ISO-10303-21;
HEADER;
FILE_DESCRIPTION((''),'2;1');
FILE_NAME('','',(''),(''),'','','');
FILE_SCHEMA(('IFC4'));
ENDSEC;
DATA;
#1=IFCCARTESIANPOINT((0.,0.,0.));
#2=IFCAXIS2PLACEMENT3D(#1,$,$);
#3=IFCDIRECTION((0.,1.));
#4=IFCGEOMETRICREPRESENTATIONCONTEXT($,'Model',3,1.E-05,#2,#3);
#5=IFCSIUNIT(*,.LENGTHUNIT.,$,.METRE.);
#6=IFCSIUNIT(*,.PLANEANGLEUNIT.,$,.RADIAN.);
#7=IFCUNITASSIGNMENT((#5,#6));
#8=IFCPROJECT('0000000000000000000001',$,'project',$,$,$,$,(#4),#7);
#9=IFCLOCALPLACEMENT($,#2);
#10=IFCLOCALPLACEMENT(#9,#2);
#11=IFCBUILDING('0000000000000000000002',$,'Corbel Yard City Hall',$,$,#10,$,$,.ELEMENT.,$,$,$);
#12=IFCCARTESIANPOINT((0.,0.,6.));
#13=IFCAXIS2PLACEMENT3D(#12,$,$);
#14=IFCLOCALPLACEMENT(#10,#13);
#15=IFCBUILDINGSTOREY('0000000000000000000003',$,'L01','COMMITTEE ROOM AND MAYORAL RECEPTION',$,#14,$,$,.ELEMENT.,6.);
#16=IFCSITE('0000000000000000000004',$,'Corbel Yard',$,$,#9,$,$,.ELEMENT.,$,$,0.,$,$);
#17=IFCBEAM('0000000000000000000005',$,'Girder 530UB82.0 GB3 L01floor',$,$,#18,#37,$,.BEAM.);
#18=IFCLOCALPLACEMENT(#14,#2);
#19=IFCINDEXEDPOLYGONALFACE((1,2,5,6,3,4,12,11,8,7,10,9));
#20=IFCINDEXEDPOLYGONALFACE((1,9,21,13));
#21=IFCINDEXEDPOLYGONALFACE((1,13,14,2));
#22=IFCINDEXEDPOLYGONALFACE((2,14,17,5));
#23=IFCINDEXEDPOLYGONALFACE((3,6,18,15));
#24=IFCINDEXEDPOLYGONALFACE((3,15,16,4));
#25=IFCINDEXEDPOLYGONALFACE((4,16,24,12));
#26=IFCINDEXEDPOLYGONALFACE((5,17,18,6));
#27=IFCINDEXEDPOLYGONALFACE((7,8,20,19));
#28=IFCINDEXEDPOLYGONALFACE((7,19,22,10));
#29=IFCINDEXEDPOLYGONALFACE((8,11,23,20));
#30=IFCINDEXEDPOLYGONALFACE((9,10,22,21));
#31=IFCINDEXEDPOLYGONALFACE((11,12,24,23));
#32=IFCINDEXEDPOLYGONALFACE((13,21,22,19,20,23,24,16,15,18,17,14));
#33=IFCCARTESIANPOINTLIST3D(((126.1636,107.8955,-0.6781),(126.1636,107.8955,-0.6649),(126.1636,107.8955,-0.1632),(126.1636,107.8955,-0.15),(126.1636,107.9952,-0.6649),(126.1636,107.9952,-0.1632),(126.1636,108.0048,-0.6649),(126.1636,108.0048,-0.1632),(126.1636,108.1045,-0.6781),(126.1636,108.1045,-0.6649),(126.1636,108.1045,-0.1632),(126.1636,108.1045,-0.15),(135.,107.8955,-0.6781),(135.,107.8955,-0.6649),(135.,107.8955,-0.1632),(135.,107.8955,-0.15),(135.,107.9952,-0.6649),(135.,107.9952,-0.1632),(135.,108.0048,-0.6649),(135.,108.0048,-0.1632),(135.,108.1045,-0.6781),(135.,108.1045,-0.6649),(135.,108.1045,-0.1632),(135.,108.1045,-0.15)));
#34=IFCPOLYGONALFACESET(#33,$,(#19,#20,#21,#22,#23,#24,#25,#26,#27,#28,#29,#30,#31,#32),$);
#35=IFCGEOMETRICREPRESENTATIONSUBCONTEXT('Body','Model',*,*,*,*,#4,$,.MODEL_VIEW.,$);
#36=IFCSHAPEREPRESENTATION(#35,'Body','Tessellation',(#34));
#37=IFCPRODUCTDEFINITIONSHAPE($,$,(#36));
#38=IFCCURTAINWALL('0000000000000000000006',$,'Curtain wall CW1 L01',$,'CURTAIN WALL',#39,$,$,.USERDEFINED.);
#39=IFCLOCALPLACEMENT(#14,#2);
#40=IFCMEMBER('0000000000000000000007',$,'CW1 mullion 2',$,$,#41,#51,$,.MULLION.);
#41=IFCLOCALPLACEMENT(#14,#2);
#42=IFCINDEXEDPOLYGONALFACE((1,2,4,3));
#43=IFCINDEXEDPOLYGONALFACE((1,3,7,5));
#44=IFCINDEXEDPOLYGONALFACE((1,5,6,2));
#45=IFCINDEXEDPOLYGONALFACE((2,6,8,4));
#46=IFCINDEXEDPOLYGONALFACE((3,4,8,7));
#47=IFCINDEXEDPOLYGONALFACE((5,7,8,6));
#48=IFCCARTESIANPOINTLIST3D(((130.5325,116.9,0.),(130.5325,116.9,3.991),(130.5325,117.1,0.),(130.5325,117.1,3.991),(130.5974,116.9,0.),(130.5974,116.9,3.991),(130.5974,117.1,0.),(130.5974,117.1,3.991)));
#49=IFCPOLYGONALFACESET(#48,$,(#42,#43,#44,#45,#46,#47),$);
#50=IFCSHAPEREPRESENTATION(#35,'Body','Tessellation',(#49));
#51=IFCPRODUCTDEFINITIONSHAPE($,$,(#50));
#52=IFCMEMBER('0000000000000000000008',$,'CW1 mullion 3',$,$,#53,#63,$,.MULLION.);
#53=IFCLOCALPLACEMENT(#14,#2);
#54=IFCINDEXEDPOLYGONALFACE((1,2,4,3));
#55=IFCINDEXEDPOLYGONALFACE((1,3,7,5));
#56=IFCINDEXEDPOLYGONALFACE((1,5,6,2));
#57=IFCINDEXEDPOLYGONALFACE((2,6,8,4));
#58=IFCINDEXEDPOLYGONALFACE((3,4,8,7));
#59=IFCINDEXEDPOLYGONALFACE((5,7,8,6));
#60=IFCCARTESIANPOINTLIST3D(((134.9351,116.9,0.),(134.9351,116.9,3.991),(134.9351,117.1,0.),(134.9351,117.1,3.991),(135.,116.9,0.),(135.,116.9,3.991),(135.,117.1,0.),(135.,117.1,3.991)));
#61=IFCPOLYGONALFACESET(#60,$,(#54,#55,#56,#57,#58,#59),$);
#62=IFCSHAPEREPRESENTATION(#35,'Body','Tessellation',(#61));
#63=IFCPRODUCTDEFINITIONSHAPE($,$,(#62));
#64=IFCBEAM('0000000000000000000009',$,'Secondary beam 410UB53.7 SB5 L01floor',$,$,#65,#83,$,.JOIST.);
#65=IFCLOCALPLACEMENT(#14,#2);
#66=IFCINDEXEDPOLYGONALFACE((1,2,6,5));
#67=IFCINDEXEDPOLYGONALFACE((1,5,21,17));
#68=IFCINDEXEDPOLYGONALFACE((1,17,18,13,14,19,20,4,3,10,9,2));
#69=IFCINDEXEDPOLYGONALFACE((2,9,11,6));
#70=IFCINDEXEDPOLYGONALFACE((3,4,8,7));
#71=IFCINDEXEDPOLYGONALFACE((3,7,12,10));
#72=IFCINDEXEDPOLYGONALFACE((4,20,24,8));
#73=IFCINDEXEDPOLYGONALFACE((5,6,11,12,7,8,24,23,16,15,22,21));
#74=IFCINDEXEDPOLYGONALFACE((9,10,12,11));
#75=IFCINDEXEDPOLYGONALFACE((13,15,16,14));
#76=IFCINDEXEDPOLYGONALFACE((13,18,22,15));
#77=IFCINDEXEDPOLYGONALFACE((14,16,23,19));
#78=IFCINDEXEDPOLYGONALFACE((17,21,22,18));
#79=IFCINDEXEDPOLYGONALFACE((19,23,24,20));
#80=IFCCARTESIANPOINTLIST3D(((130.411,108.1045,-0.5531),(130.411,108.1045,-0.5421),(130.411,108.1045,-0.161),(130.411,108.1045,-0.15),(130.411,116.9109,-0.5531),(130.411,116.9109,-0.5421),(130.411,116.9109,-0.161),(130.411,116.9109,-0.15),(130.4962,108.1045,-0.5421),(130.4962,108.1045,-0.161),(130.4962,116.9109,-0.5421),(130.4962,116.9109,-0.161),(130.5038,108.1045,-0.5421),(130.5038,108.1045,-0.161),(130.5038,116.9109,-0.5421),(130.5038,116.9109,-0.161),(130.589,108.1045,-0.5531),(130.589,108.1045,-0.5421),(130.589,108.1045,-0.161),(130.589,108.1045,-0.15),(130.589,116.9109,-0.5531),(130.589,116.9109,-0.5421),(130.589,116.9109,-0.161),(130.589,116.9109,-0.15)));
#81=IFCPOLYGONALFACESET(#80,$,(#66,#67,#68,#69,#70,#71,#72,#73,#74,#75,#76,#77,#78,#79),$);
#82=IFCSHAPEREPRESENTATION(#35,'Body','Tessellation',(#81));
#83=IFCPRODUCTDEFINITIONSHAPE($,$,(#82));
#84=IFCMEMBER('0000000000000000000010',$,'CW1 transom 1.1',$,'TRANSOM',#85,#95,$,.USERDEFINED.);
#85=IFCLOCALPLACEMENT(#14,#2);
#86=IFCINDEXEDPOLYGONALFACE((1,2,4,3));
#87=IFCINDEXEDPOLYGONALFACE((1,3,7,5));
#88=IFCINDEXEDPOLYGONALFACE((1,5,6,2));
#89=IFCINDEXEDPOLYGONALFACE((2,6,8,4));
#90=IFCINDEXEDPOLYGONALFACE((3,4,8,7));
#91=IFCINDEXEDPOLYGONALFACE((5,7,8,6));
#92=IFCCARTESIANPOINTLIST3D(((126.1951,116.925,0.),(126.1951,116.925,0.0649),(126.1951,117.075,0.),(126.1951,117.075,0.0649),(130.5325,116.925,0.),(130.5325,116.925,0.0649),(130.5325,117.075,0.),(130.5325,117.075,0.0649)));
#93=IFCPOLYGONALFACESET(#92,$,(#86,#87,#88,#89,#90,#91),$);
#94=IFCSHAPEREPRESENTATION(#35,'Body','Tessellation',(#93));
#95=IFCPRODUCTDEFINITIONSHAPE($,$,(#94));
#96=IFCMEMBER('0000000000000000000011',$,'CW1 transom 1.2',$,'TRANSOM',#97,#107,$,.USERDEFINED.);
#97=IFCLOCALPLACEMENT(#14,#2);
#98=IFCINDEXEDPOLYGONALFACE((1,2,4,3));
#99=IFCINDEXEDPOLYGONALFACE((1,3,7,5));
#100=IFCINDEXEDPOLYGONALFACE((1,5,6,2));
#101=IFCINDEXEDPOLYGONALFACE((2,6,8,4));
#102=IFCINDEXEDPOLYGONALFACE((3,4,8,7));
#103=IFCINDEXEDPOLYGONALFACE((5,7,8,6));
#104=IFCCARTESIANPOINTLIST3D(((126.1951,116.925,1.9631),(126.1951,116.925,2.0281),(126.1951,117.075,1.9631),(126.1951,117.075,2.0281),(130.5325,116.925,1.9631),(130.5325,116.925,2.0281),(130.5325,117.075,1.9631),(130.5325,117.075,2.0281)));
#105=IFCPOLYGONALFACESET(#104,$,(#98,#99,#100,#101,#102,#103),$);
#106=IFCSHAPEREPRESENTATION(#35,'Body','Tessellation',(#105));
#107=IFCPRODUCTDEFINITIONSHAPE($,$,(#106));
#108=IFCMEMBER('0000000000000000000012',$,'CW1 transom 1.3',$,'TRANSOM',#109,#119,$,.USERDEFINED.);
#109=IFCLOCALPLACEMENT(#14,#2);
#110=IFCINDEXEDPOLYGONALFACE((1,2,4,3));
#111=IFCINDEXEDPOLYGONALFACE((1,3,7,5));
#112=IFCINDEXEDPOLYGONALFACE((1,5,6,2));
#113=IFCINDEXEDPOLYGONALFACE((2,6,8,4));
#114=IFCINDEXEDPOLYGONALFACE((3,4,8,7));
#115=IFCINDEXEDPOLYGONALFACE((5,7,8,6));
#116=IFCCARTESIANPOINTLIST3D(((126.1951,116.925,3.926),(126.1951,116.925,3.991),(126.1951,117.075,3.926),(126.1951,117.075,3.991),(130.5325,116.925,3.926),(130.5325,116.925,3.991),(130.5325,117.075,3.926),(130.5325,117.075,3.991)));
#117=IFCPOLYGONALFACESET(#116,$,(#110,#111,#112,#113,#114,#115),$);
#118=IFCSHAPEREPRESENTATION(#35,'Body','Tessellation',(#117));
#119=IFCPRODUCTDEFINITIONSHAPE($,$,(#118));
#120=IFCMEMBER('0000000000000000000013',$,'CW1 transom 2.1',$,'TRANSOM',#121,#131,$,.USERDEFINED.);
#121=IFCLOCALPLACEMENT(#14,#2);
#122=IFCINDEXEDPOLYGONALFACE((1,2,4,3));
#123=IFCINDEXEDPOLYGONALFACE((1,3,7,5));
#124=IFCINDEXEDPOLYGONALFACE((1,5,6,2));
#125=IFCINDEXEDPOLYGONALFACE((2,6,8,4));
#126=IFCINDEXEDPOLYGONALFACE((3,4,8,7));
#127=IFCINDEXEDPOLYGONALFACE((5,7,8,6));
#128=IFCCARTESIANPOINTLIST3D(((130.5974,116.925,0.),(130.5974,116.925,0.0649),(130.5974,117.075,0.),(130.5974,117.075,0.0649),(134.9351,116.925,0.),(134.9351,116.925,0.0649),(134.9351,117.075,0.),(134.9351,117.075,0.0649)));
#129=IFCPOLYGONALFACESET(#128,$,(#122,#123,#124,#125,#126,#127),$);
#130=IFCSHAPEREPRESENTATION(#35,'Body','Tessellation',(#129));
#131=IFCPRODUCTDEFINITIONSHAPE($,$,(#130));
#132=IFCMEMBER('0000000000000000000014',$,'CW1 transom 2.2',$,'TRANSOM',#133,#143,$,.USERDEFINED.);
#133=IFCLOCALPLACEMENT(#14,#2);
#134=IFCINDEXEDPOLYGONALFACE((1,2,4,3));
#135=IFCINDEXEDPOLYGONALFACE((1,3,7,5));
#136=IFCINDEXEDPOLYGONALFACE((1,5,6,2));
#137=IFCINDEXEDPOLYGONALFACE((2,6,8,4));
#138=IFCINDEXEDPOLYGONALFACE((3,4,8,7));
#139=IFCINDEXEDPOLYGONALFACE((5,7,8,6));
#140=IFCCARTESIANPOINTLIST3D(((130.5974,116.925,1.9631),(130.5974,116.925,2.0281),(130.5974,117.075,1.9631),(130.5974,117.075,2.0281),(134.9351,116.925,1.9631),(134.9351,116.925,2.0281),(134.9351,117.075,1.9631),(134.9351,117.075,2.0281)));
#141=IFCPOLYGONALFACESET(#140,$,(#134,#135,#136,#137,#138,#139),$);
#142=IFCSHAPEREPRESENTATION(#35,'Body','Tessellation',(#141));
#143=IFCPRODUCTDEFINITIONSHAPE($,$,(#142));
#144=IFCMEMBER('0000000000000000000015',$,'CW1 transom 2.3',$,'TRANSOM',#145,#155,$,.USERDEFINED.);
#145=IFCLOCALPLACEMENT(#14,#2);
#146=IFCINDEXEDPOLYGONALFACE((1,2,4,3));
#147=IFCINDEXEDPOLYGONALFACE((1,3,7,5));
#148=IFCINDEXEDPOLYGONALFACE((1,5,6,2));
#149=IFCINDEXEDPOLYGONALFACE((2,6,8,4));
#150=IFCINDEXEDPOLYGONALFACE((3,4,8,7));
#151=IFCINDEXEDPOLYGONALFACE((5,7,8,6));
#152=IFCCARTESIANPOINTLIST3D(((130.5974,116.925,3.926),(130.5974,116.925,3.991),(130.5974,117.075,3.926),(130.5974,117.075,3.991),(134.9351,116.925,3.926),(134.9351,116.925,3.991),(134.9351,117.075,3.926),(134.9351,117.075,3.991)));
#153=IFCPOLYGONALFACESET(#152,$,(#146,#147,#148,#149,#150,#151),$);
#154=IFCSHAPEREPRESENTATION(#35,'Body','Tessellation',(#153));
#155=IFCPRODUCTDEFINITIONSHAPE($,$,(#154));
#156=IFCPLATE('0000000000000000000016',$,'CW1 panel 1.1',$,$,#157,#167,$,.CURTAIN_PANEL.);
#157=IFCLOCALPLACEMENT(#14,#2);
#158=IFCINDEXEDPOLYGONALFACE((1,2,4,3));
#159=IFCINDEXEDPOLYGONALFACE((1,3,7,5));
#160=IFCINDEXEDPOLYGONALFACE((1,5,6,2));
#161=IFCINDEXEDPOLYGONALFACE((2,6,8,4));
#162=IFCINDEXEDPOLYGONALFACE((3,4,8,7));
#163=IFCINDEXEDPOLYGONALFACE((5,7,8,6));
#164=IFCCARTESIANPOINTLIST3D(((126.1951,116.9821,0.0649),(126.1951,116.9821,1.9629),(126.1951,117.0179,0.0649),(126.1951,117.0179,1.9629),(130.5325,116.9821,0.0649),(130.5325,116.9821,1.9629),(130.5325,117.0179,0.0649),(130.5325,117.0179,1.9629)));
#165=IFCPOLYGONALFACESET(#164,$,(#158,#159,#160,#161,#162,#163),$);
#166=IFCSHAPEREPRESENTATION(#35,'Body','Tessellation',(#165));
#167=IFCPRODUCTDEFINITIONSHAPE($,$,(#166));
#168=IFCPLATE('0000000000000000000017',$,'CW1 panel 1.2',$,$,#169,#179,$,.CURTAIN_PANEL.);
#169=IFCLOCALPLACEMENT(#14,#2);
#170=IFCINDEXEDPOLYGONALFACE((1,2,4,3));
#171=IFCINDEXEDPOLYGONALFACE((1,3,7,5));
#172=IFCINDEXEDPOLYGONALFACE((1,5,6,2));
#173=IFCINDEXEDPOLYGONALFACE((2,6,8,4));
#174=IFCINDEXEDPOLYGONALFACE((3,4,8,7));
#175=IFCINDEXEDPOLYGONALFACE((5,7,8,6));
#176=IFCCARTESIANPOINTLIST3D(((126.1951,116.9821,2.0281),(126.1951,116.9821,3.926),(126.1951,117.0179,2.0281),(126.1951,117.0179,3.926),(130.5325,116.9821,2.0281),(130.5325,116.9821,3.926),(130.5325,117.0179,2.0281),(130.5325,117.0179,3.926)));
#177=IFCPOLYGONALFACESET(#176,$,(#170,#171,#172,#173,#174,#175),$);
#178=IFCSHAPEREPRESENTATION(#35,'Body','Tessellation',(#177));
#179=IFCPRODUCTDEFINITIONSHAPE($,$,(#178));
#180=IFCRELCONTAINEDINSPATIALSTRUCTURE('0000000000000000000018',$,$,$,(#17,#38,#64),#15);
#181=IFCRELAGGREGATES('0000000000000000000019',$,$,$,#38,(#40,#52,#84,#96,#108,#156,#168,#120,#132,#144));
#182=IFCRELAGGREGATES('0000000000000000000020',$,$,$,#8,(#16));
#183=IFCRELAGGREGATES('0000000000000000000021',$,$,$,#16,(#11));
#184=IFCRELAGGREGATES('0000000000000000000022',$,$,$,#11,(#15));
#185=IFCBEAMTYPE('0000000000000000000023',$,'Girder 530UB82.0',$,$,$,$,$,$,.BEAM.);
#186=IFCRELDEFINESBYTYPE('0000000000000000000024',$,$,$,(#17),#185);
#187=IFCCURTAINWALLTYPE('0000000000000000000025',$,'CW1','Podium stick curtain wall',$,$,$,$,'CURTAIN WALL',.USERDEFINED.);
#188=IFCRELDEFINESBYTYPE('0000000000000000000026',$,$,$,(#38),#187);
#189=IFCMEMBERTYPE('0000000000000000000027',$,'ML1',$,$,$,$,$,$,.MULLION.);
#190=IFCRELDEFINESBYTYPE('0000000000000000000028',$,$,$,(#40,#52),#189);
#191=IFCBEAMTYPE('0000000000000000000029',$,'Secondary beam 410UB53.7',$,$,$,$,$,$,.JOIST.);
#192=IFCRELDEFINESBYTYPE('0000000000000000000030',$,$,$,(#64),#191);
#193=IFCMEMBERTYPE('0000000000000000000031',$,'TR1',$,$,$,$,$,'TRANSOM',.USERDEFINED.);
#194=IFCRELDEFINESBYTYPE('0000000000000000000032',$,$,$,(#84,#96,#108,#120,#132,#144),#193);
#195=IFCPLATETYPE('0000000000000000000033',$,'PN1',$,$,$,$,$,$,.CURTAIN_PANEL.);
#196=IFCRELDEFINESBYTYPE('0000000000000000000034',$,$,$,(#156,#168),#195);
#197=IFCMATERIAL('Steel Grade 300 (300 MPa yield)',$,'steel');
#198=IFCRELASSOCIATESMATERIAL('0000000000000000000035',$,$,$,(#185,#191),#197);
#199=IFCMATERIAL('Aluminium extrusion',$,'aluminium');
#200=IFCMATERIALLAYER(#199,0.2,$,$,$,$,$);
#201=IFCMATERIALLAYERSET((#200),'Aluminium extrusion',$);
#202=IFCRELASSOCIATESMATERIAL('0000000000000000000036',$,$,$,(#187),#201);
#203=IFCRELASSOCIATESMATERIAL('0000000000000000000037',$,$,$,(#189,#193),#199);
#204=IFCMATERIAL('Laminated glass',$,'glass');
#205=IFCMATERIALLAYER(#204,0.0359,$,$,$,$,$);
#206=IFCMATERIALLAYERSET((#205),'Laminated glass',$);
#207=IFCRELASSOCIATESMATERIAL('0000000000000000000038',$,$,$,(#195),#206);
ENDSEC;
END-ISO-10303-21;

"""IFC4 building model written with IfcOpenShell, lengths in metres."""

from ifc_helpers import new_model, si_unit, direction, frame, origin, origin_2d, place, context, subcontext, project, spatial, rectangle, i_section, extrude, material, layer, layer_set, material_profile, profile_set, type_object, element, aggregate, save


model = new_model("IFC4")

# Units and contexts
model_context = context("Model", 3, precision=1e-05, world=origin(), true_north=direction((0.0, 1.0)))
body_context = subcontext(model_context, "Body", "Model", "MODEL_VIEW")
ifc_project = project(units=[si_unit("LENGTHUNIT", "METRE"), si_unit("PLANEANGLEUNIT", "RADIAN")], contexts=[model_context])

# Site, building, storey
site_placement = place(None, origin())
site = spatial("IfcSite", under=ifc_project, at=site_placement, Name="Corbel Yard", CompositionType="ELEMENT", RefElevation=0.0)
building_placement = place(site_placement, origin())
building = spatial("IfcBuilding", under=site, at=building_placement, Name="Corbel Yard City Hall", CompositionType="ELEMENT")
storey_placement = place(building_placement, frame((0.0, 0.0, 6.0)))
storey = spatial("IfcBuildingStorey", under=building, at=storey_placement, Name="L01", Description="COMMITTEE ROOM AND MAYORAL RECEPTION", CompositionType="ELEMENT", Elevation=6.0)

# Beam
ifc_material_1 = material(Name="Steel Grade 300 (300 MPa yield)", Category="steel")
ifc_material_profile_1 = material_profile(ifc_material_1, i_section(OverallWidth=0.209, OverallDepth=0.5281, WebThickness=0.0095, FlangeThickness=0.0132, at=origin_2d()), Name="530UB82.0")
ifc_profile_set_1 = profile_set([ifc_material_profile_1], Name="Steel Grade 300 (300 MPa yield)")
beam_type_1 = type_object("IfcBeamType", Name="Girder 530UB82.0", PredefinedType="BEAM", material=ifc_profile_set_1)
beam_1_placement = place(storey_placement, frame((126.1636, 108.0, -0.4141), z_axis=(1.0, 0.0, 0.0), x_axis=(0.0, 1.0, 0.0)))
element("IfcBeam", 1, at=beam_1_placement, inside=storey, type_object=beam_type_1, Name="Girder 530UB82.0 GB3 L01floor", PredefinedType="BEAM", context=body_context, shape_type="SweptSolid", body=[
    extrude(i_section(OverallWidth=0.209, OverallDepth=0.5281, WebThickness=0.0095, FlangeThickness=0.0132, at=origin_2d()), origin(), (0.0, 0.0, 1.0), 8.8364),
])

# Curtain wall, members
ifc_material_2 = material(Name="Aluminium extrusion", Category="aluminium")
ifc_layer_1 = layer(ifc_material_2, 0.2)
ifc_layer_set_1 = layer_set([ifc_layer_1], Name="Aluminium extrusion")
curtain_wall_type = type_object("IfcCurtainWallType", Name="CW1", Description="Podium stick curtain wall", ElementType="CURTAIN WALL", PredefinedType="USERDEFINED", material=ifc_layer_set_1)
curtain_wall_placement = place(storey_placement, origin())
curtain_wall = element("IfcCurtainWall", 2, at=curtain_wall_placement, inside=storey, type_object=curtain_wall_type, Name="Curtain wall CW1 L01", ObjectType="CURTAIN WALL", PredefinedType="USERDEFINED")
ifc_material_profile_2 = material_profile(ifc_material_2, rectangle(XDim=0.2, YDim=0.0649, at=origin_2d()), Name="200x65")
ifc_profile_set_2 = profile_set([ifc_material_profile_2], Name="Aluminium extrusion")
member_type_1 = type_object("IfcMemberType", Name="ML1", PredefinedType="MULLION", material=ifc_profile_set_2)
member_1_placement = place(storey_placement, frame((130.5649, 117.0, 0.0), z_axis=(0.0, 0.0, 1.0), x_axis=(0.0, 1.0, 0.0)))
member_1 = element("IfcMember", 3, at=member_1_placement, type_object=member_type_1, Name="CW1 mullion 2", PredefinedType="MULLION", context=body_context, shape_type="SweptSolid", body=[
    extrude(rectangle(XDim=0.2, YDim=0.0649, at=origin_2d()), origin(), (0.0, 0.0, 1.0), 3.991),
])
member_2_placement = place(storey_placement, frame((134.9675, 117.0, 0.0), z_axis=(0.0, 0.0, 1.0), x_axis=(0.0, 1.0, 0.0)))
member_2 = element("IfcMember", 4, at=member_2_placement, type_object=member_type_1, Name="CW1 mullion 3", PredefinedType="MULLION", context=body_context, shape_type="SweptSolid", body=[
    extrude(rectangle(XDim=0.2, YDim=0.0649, at=origin_2d()), origin(), (0.0, 0.0, 1.0), 3.991),
])

# Beam
ifc_material_profile_3 = material_profile(ifc_material_1, i_section(OverallWidth=0.178, OverallDepth=0.4031, WebThickness=0.0076, FlangeThickness=0.011, at=origin_2d()), Name="410UB53.7")
ifc_profile_set_3 = profile_set([ifc_material_profile_3], Name="Steel Grade 300 (300 MPa yield)")
beam_type_2 = type_object("IfcBeamType", Name="Secondary beam 410UB53.7", PredefinedType="JOIST", material=ifc_profile_set_3)
beam_2_placement = place(storey_placement, frame((130.5, 108.1045, -0.3516), z_axis=(0.0, 1.0, 0.0), x_axis=(-1.0, 0.0, 0.0)))
element("IfcBeam", 5, at=beam_2_placement, inside=storey, type_object=beam_type_2, Name="Secondary beam 410UB53.7 SB5 L01floor", PredefinedType="JOIST", context=body_context, shape_type="SweptSolid", body=[
    extrude(i_section(OverallWidth=0.178, OverallDepth=0.4031, WebThickness=0.0076, FlangeThickness=0.011, at=origin_2d()), origin(), (0.0, 0.0, 1.0), 8.8064),
])

# Members
ifc_material_profile_4 = material_profile(ifc_material_2, rectangle(XDim=0.1499, YDim=0.0649, at=origin_2d()), Name="150x65")
ifc_profile_set_4 = profile_set([ifc_material_profile_4], Name="Aluminium extrusion")
member_type_2 = type_object("IfcMemberType", Name="TR1", ElementType="TRANSOM", PredefinedType="USERDEFINED", material=ifc_profile_set_4)
member_3_placement = place(storey_placement, frame((126.1951, 117.0, 0.0325), z_axis=(1.0, 0.0, 0.0), x_axis=(0.0, 1.0, 0.0)))
member_3 = element("IfcMember", 6, at=member_3_placement, type_object=member_type_2, Name="CW1 transom 1.1", ObjectType="TRANSOM", PredefinedType="USERDEFINED", context=body_context, shape_type="SweptSolid", body=[
    extrude(rectangle(XDim=0.1499, YDim=0.0649, at=origin_2d()), origin(), (0.0, 0.0, 1.0), 4.3374),
])
member_4_placement = place(storey_placement, frame((126.1951, 117.0, 1.9956), z_axis=(1.0, 0.0, 0.0), x_axis=(0.0, 1.0, 0.0)))
member_4 = element("IfcMember", 7, at=member_4_placement, type_object=member_type_2, Name="CW1 transom 1.2", ObjectType="TRANSOM", PredefinedType="USERDEFINED", context=body_context, shape_type="SweptSolid", body=[
    extrude(rectangle(XDim=0.1499, YDim=0.0649, at=origin_2d()), origin(), (0.0, 0.0, 1.0), 4.3374),
])
member_5_placement = place(storey_placement, frame((126.1951, 117.0, 3.9585), z_axis=(1.0, 0.0, 0.0), x_axis=(0.0, 1.0, 0.0)))
member_5 = element("IfcMember", 8, at=member_5_placement, type_object=member_type_2, Name="CW1 transom 1.3", ObjectType="TRANSOM", PredefinedType="USERDEFINED", context=body_context, shape_type="SweptSolid", body=[
    extrude(rectangle(XDim=0.1499, YDim=0.0649, at=origin_2d()), origin(), (0.0, 0.0, 1.0), 4.3374),
])
member_6_placement = place(storey_placement, frame((130.5974, 117.0, 0.0325), z_axis=(1.0, 0.0, 0.0), x_axis=(0.0, 1.0, 0.0)))
member_6 = element("IfcMember", 9, at=member_6_placement, type_object=member_type_2, Name="CW1 transom 2.1", ObjectType="TRANSOM", PredefinedType="USERDEFINED", context=body_context, shape_type="SweptSolid", body=[
    extrude(rectangle(XDim=0.1499, YDim=0.0649, at=origin_2d()), origin(), (0.0, 0.0, 1.0), 4.3376),
])
member_7_placement = place(storey_placement, frame((130.5974, 117.0, 1.9956), z_axis=(1.0, 0.0, 0.0), x_axis=(0.0, 1.0, 0.0)))
member_7 = element("IfcMember", 10, at=member_7_placement, type_object=member_type_2, Name="CW1 transom 2.2", ObjectType="TRANSOM", PredefinedType="USERDEFINED", context=body_context, shape_type="SweptSolid", body=[
    extrude(rectangle(XDim=0.1499, YDim=0.0649, at=origin_2d()), origin(), (0.0, 0.0, 1.0), 4.3376),
])
member_8_placement = place(storey_placement, frame((130.5974, 117.0, 3.9585), z_axis=(1.0, 0.0, 0.0), x_axis=(0.0, 1.0, 0.0)))
member_8 = element("IfcMember", 11, at=member_8_placement, type_object=member_type_2, Name="CW1 transom 2.3", ObjectType="TRANSOM", PredefinedType="USERDEFINED", context=body_context, shape_type="SweptSolid", body=[
    extrude(rectangle(XDim=0.1499, YDim=0.0649, at=origin_2d()), origin(), (0.0, 0.0, 1.0), 4.3376),
])

# Plates
ifc_material_3 = material(Name="Laminated glass", Category="glass")
ifc_layer_2 = layer(ifc_material_3, 0.0359)
ifc_layer_set_2 = layer_set([ifc_layer_2], Name="Laminated glass")
plate_type = type_object("IfcPlateType", Name="PN1", PredefinedType="CURTAIN_PANEL", material=ifc_layer_set_2)
plate_1_placement = place(storey_placement, frame((128.3638, 117.0, 0.0649), z_axis=(0.0, 0.0, 1.0), x_axis=(1.0, 0.0, 0.0)))
plate_1 = element("IfcPlate", 12, at=plate_1_placement, type_object=plate_type, Name="CW1 panel 1.1", PredefinedType="CURTAIN_PANEL", context=body_context, shape_type="SweptSolid", body=[
    extrude(rectangle(XDim=4.3374, YDim=0.0359, at=origin_2d()), origin(), (0.0, 0.0, 1.0), 1.8979),
])
plate_2_placement = place(storey_placement, frame((128.3638, 117.0, 2.0281), z_axis=(0.0, 0.0, 1.0), x_axis=(1.0, 0.0, 0.0)))
plate_2 = element("IfcPlate", 13, at=plate_2_placement, type_object=plate_type, Name="CW1 panel 1.2", PredefinedType="CURTAIN_PANEL", context=body_context, shape_type="SweptSolid", body=[
    extrude(rectangle(XDim=4.3374, YDim=0.0359, at=origin_2d()), origin(), (0.0, 0.0, 1.0), 1.8979),
])
aggregate(curtain_wall, [member_1, member_2, member_3, member_4, member_5, plate_1, plate_2, member_6, member_7, member_8])

save(model, "model.ifc")
